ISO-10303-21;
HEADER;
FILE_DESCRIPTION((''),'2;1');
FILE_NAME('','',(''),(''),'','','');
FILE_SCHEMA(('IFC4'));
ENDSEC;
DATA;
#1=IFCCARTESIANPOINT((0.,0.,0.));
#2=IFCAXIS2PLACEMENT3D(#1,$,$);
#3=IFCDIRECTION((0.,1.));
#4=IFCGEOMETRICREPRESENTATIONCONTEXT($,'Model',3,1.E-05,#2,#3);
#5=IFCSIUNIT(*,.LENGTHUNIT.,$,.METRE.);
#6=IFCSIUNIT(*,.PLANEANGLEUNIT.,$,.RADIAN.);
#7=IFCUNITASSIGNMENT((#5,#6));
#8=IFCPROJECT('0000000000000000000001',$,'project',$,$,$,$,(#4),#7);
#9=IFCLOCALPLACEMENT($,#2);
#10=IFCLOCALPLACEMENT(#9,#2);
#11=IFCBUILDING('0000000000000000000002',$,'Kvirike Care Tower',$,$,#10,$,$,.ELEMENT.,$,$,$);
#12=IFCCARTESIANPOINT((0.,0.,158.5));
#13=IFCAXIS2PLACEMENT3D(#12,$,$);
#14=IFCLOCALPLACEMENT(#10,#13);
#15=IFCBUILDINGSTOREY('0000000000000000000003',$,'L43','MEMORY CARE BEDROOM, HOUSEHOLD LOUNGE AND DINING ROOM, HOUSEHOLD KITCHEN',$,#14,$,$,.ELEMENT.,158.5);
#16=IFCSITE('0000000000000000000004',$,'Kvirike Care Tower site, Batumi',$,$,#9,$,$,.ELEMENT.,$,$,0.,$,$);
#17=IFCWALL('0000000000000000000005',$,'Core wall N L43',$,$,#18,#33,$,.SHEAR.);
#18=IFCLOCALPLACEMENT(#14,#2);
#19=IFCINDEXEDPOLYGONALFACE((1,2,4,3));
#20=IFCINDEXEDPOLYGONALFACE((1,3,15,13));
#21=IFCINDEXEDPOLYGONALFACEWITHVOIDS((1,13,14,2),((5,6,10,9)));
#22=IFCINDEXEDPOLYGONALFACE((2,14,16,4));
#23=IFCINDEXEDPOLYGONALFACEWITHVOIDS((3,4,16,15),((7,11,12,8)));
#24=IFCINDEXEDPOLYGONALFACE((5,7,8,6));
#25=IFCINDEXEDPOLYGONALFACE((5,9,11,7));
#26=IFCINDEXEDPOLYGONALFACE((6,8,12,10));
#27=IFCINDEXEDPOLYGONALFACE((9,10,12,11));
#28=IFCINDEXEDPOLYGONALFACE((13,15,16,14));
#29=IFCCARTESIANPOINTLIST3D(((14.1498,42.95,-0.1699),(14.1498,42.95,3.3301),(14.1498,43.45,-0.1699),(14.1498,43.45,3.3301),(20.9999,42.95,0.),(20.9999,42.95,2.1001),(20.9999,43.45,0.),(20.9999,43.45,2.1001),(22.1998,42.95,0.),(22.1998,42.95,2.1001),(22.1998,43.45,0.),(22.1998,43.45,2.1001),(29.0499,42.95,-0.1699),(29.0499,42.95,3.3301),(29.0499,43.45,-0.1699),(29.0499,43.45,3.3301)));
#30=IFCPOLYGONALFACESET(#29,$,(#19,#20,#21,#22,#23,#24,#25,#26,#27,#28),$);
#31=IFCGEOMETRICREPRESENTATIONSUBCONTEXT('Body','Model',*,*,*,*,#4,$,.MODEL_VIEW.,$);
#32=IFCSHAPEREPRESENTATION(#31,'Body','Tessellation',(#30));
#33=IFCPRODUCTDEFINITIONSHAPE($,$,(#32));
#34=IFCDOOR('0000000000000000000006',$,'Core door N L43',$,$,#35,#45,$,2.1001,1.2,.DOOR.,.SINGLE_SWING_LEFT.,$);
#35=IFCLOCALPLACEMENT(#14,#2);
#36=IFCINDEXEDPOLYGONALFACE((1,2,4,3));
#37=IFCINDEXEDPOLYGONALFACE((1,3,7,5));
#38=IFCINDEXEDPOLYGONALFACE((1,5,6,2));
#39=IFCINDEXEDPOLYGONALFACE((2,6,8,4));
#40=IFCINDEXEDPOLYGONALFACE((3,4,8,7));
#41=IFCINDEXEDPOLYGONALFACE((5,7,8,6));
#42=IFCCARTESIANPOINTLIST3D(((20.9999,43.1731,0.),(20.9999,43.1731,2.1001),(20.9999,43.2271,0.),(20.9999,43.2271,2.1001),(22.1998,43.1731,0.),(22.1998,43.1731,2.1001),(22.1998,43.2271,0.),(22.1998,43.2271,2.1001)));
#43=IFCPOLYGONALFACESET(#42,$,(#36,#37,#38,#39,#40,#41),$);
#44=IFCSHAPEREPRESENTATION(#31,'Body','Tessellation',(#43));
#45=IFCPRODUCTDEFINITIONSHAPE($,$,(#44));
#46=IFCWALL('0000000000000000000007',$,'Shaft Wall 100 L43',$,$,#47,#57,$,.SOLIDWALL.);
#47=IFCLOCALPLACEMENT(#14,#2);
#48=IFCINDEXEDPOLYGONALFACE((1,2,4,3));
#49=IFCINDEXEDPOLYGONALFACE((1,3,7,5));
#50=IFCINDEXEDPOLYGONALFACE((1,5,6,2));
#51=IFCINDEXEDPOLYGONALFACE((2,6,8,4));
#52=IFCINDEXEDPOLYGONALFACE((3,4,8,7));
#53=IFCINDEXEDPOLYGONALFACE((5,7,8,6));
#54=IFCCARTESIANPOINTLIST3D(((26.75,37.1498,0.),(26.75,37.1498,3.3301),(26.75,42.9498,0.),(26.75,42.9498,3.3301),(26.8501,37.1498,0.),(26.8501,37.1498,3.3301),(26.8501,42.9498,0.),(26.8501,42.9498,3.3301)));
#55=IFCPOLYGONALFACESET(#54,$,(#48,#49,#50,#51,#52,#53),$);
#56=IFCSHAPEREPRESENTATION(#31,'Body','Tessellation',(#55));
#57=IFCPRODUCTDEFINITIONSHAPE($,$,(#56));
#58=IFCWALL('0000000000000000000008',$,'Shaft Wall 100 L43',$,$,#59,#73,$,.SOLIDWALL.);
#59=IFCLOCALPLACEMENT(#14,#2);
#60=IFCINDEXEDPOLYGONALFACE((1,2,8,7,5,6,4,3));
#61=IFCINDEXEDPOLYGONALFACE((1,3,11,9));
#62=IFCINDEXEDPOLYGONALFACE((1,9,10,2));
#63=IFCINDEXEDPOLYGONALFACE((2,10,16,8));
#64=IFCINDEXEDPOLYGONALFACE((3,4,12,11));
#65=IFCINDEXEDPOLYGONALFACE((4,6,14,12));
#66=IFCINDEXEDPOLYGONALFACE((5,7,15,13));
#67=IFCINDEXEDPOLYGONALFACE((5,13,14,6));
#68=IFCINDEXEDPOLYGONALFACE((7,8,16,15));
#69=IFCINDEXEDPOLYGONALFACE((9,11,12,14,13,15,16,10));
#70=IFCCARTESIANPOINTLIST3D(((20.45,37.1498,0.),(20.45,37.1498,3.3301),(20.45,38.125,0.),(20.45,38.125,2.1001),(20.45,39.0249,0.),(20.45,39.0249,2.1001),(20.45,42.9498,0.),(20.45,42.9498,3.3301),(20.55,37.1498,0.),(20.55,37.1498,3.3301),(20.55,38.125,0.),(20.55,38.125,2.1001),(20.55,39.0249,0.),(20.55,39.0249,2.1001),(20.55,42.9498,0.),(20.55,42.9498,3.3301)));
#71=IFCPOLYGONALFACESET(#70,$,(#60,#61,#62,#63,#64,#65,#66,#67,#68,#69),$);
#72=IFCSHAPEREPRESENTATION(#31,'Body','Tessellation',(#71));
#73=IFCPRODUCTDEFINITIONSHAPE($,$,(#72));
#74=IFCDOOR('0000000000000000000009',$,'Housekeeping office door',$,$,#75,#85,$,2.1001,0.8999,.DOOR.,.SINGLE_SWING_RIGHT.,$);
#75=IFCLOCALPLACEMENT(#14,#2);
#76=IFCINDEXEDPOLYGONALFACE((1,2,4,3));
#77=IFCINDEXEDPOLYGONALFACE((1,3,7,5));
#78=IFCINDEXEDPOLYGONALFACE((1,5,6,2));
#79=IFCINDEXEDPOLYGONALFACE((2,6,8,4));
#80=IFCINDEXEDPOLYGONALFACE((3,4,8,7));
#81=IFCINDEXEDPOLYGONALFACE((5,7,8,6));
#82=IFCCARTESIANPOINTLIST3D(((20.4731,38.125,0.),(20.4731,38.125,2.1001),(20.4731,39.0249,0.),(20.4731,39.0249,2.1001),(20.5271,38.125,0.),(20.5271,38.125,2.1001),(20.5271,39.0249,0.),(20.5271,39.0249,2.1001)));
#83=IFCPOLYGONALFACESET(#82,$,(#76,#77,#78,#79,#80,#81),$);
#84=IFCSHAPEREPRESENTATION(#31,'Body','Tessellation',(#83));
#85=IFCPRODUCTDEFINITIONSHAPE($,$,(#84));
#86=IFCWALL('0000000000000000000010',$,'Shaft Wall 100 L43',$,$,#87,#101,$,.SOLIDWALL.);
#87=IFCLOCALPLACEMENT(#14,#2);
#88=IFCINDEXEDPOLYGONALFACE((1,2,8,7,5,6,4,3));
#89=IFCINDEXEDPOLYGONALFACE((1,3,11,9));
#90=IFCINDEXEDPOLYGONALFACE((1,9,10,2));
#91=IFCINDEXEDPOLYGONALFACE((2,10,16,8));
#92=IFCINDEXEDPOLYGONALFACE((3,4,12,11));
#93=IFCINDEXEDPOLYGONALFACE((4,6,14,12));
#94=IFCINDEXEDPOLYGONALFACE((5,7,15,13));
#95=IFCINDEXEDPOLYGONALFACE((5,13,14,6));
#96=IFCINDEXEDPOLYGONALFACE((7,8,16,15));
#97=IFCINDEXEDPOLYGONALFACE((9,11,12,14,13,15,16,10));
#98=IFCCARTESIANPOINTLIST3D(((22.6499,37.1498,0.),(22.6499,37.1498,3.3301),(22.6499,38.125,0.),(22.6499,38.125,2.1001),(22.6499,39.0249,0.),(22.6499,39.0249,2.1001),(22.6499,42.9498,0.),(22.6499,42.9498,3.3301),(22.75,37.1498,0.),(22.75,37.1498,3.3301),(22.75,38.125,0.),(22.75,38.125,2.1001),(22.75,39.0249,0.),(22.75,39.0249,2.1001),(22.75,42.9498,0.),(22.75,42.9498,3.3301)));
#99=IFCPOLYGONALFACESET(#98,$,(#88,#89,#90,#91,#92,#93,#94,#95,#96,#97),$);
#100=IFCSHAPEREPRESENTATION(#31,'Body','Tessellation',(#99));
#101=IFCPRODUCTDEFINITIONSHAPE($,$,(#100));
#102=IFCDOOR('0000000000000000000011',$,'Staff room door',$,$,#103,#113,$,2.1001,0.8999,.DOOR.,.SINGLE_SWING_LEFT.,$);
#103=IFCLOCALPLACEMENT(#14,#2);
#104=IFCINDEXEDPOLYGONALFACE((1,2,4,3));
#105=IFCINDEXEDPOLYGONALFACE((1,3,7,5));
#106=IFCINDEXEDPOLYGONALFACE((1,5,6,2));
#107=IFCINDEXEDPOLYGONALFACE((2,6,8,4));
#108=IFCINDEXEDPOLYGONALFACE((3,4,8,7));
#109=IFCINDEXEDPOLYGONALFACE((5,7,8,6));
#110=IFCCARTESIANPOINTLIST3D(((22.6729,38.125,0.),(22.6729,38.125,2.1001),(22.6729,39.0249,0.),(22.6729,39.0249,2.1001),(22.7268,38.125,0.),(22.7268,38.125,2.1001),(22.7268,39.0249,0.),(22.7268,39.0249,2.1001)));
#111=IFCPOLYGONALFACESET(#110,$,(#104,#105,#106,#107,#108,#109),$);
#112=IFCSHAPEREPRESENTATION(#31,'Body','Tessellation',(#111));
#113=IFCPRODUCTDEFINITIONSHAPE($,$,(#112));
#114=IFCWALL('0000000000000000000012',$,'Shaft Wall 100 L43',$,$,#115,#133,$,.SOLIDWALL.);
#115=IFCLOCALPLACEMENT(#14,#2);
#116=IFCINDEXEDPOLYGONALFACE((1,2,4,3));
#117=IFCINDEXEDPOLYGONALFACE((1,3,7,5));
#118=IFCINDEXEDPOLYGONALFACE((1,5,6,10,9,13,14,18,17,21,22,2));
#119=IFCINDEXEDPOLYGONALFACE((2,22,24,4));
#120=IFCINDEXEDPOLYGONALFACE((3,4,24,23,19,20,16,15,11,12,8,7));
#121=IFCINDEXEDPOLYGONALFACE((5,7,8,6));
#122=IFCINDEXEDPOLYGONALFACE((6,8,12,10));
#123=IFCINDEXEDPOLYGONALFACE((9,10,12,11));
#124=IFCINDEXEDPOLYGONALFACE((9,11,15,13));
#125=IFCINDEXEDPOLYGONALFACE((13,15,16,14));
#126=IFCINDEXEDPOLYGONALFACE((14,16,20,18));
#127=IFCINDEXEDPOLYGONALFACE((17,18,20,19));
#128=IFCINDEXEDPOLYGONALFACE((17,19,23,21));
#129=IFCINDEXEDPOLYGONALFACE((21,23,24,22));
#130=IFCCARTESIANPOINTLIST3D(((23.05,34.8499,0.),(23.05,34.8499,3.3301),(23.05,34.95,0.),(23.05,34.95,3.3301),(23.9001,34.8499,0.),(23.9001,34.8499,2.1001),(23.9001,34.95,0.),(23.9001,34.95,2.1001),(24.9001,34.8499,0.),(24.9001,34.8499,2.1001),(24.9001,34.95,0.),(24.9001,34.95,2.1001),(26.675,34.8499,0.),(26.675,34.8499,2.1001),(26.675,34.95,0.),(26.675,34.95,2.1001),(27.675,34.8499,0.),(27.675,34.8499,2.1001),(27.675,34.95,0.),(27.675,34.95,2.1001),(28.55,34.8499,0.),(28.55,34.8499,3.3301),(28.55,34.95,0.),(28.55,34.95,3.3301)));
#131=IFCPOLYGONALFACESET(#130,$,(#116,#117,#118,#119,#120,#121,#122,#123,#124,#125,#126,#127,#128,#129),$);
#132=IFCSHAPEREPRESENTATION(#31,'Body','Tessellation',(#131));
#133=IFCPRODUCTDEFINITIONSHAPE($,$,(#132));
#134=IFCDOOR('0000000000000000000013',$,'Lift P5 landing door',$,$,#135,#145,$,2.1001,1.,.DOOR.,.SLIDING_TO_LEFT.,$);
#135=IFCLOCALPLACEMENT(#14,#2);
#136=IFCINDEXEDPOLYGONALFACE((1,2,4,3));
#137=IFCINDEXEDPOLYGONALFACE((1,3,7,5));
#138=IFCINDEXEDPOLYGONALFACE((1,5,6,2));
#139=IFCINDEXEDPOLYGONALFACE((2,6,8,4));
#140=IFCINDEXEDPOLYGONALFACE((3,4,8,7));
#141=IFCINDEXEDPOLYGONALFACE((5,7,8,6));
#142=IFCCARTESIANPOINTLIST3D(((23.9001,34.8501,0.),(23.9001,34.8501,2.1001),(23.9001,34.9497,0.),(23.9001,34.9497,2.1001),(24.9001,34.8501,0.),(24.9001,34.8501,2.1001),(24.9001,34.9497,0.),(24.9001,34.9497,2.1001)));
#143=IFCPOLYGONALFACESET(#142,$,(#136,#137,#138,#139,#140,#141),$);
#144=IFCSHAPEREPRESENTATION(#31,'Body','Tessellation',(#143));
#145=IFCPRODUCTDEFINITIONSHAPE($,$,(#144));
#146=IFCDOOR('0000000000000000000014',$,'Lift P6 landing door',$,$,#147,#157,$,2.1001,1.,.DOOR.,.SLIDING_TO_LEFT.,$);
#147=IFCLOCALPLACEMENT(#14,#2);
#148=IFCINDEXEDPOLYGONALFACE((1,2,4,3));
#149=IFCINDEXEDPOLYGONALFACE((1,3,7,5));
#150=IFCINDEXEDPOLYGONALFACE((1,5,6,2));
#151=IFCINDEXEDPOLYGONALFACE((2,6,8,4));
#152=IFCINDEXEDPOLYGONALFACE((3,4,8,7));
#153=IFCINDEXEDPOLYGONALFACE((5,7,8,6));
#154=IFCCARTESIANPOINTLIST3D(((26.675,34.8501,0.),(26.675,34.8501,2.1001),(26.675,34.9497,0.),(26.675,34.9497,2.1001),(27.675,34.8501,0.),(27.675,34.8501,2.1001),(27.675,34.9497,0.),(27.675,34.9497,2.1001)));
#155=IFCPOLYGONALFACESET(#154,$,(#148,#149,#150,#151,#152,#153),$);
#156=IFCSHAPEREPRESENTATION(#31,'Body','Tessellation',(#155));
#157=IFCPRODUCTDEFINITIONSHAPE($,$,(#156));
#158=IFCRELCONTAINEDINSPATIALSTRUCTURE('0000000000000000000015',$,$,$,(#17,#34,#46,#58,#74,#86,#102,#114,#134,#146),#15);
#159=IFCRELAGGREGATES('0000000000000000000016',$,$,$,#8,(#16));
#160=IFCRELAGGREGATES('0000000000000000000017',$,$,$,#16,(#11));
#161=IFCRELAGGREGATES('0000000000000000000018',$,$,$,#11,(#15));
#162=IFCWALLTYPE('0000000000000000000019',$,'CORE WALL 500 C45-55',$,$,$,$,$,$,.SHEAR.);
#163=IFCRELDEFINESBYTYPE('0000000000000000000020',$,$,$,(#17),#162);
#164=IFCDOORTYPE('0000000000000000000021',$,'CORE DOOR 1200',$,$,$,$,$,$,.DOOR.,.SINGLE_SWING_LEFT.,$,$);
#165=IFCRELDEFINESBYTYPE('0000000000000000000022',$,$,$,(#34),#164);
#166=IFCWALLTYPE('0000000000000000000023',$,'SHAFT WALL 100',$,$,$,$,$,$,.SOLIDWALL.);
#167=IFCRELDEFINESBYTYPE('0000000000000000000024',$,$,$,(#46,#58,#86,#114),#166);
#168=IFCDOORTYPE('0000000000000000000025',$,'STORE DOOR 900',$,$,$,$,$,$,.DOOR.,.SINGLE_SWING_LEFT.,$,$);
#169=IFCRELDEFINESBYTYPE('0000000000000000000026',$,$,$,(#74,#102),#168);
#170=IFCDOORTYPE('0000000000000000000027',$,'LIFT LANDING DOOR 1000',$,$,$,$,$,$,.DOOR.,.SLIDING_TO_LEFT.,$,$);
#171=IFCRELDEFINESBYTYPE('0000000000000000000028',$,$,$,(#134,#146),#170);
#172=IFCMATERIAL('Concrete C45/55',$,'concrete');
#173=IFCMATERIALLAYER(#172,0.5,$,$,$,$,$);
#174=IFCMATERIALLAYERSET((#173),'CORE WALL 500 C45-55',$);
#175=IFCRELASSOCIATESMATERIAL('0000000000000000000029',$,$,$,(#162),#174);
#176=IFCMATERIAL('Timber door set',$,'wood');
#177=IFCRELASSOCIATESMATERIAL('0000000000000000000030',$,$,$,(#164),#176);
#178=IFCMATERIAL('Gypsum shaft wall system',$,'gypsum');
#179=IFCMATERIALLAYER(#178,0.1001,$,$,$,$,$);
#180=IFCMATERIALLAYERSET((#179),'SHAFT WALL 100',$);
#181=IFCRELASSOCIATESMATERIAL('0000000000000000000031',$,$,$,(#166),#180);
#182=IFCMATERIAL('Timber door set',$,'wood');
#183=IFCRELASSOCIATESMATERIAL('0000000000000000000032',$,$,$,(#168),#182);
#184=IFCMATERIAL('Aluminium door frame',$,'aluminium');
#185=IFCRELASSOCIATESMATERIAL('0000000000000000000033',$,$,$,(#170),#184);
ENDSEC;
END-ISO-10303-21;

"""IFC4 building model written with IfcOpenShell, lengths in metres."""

from ifc_helpers import new_model, si_unit, direction, frame, frame_2d, origin, place, context, subcontext, project, spatial, rectangle, extrude, material, layer, layer_set, type_object, element, fill, save


model = new_model("IFC4")

# Units and contexts
model_context = context("Model", 3, precision=1e-05, world=origin(), true_north=direction((0.0, 1.0)))
body_context = subcontext(model_context, "Body", "Model", "MODEL_VIEW")
ifc_project = project(units=[si_unit("LENGTHUNIT", "METRE"), si_unit("PLANEANGLEUNIT", "RADIAN")], contexts=[model_context])

# Site, building, storey
site_placement = place(None, origin())
site = spatial("IfcSite", under=ifc_project, at=site_placement, Name="Kvirike Care Tower site, Batumi", CompositionType="ELEMENT", RefElevation=0.0)
building_placement = place(site_placement, origin())
building = spatial("IfcBuilding", under=site, at=building_placement, Name="Kvirike Care Tower", CompositionType="ELEMENT")
storey_placement = place(building_placement, frame((0.0, 0.0, 158.5)))
storey = spatial("IfcBuildingStorey", under=building, at=storey_placement, Name="L43", Description="MEMORY CARE BEDROOM, HOUSEHOLD LOUNGE AND DINING ROOM, HOUSEHOLD KITCHEN", CompositionType="ELEMENT", Elevation=158.5)

# Wall, opening, door
ifc_material_1 = material(Name="Concrete C45/55", Category="concrete")
ifc_layer_1 = layer(ifc_material_1, 0.5)
ifc_layer_set_1 = layer_set([ifc_layer_1], Name="CORE WALL 500 C45-55")
wall_type_1 = type_object("IfcWallType", Name="CORE WALL 500 C45-55", PredefinedType="SHEAR", material=ifc_layer_set_1)
wall_1_placement = place(storey_placement, frame((29.05, 43.2, -0.1699), z_axis=(0.0, 0.0, 1.0), x_axis=(-1.0, 0.0, 0.0)))
wall_1 = element("IfcWall", 1, at=wall_1_placement, inside=storey, type_object=wall_type_1, Name="Core wall N L43", PredefinedType="SHEAR", context=body_context, shape_type="SweptSolid", body=[
    extrude(rectangle(XDim=14.9001, YDim=0.5, at=frame_2d((7.4502, 0.0))), origin(), (0.0, 0.0, 1.0), 3.5),
])
opening_1_placement = place(wall_1_placement, frame((6.8501, 0.0, 0.1699)))
opening_1 = element("IfcOpeningElement", 2, at=opening_1_placement, cuts=wall_1, PredefinedType="OPENING", context=body_context, shape_type="SweptSolid", body=[
    extrude(rectangle(XDim=1.2, YDim=2.1001, at=frame_2d((0.6001, 1.05))), frame((0.0, 0.2605, 0.0), z_axis=(0.0, -1.0, 0.0), x_axis=(1.0, 0.0, 0.0)), (0.0, 0.0, 1.0), 0.521),
])
ifc_material_2 = material(Name="Timber door set", Category="wood")
door_type_1 = type_object("IfcDoorType", Name="CORE DOOR 1200", OperationType="SINGLE_SWING_LEFT", PredefinedType="DOOR", material=ifc_material_2)
door_1_placement = place(opening_1_placement, origin())
door_1 = element("IfcDoor", 3, at=door_1_placement, inside=storey, type_object=door_type_1, Name="Core door N L43", OperationType="SINGLE_SWING_LEFT", OverallHeight=2.1001, OverallWidth=1.2, PredefinedType="DOOR", context=body_context, shape_type="SweptSolid", body=[
    extrude(rectangle(XDim=1.2, YDim=2.1001, at=frame_2d((0.6001, 1.05))), frame((0.0, 0.0269, 0.0), z_axis=(0.0, -1.0, 0.0), x_axis=(1.0, 0.0, 0.0)), (0.0, 0.0, 1.0), 0.054),
])
fill(opening_1, door_1)

# Wall
ifc_material_3 = material(Name="Gypsum shaft wall system", Category="gypsum")
ifc_layer_2 = layer(ifc_material_3, 0.1001)
ifc_layer_set_2 = layer_set([ifc_layer_2], Name="SHAFT WALL 100")
wall_type_2 = type_object("IfcWallType", Name="SHAFT WALL 100", PredefinedType="SOLIDWALL", material=ifc_layer_set_2)
wall_2_placement = place(storey_placement, frame((26.8, 37.1499, 0.0), z_axis=(0.0, 0.0, 1.0), x_axis=(0.0, 1.0, 0.0)))
element("IfcWall", 4, at=wall_2_placement, inside=storey, type_object=wall_type_2, Name="Shaft Wall 100 L43", PredefinedType="SOLIDWALL", context=body_context, shape_type="SweptSolid", body=[
    extrude(rectangle(XDim=5.8, YDim=0.1001, at=frame_2d((2.8999, 0.0))), origin(), (0.0, 0.0, 1.0), 3.3301),
])

# Walls, openings, doors
wall_3_placement = place(storey_placement, frame((20.5, 37.1499, 0.0), z_axis=(0.0, 0.0, 1.0), x_axis=(0.0, 1.0, 0.0)))
wall_3 = element("IfcWall", 5, at=wall_3_placement, inside=storey, type_object=wall_type_2, Name="Shaft Wall 100 L43", PredefinedType="SOLIDWALL", context=body_context, shape_type="SweptSolid", body=[
    extrude(rectangle(XDim=5.8, YDim=0.1001, at=frame_2d((2.8999, 0.0))), origin(), (0.0, 0.0, 1.0), 3.3301),
])
opening_2_placement = place(wall_3_placement, frame((0.9751, 0.0, 0.0)))
opening_2 = element("IfcOpeningElement", 6, at=opening_2_placement, cuts=wall_3, PredefinedType="OPENING", context=body_context, shape_type="SweptSolid", body=[
    extrude(rectangle(XDim=0.8999, YDim=2.1001, at=frame_2d((0.45, 1.05))), frame((0.0, 0.0605, 0.0), z_axis=(0.0, -1.0, 0.0), x_axis=(1.0, 0.0, 0.0)), (0.0, 0.0, 1.0), 0.1211),
])
ifc_material_4 = material(Name="Timber door set", Category="wood")
door_type_2 = type_object("IfcDoorType", Name="STORE DOOR 900", OperationType="SINGLE_SWING_LEFT", PredefinedType="DOOR", material=ifc_material_4)
door_2_placement = place(opening_2_placement, origin())
door_2 = element("IfcDoor", 7, at=door_2_placement, inside=storey, type_object=door_type_2, Name="Housekeeping office door", OperationType="SINGLE_SWING_RIGHT", OverallHeight=2.1001, OverallWidth=0.8999, PredefinedType="DOOR", context=body_context, shape_type="SweptSolid", body=[
    extrude(rectangle(XDim=0.8999, YDim=2.1001, at=frame_2d((0.45, 1.05))), frame((0.0, 0.0269, 0.0), z_axis=(0.0, -1.0, 0.0), x_axis=(1.0, 0.0, 0.0)), (0.0, 0.0, 1.0), 0.054),
])
fill(opening_2, door_2)
wall_4_placement = place(storey_placement, frame((22.7, 37.1499, 0.0), z_axis=(0.0, 0.0, 1.0), x_axis=(0.0, 1.0, 0.0)))
wall_4 = element("IfcWall", 8, at=wall_4_placement, inside=storey, type_object=wall_type_2, Name="Shaft Wall 100 L43", PredefinedType="SOLIDWALL", context=body_context, shape_type="SweptSolid", body=[
    extrude(rectangle(XDim=5.8, YDim=0.1001, at=frame_2d((2.8999, 0.0))), origin(), (0.0, 0.0, 1.0), 3.3301),
])
opening_3_placement = place(wall_4_placement, frame((0.9751, 0.0, 0.0)))
opening_3 = element("IfcOpeningElement", 9, at=opening_3_placement, cuts=wall_4, PredefinedType="OPENING", context=body_context, shape_type="SweptSolid", body=[
    extrude(rectangle(XDim=0.8999, YDim=2.1001, at=frame_2d((0.45, 1.05))), frame((0.0, 0.0605, 0.0), z_axis=(0.0, -1.0, 0.0), x_axis=(1.0, 0.0, 0.0)), (0.0, 0.0, 1.0), 0.1211),
])
door_3_placement = place(opening_3_placement, frame((0.8999, 0.0, 0.0), z_axis=(0.0, 0.0, 1.0), x_axis=(-1.0, 0.0, 0.0)))
door_3 = element("IfcDoor", 10, at=door_3_placement, inside=storey, type_object=door_type_2, Name="Staff room door", OperationType="SINGLE_SWING_LEFT", OverallHeight=2.1001, OverallWidth=0.8999, PredefinedType="DOOR", context=body_context, shape_type="SweptSolid", body=[
    extrude(rectangle(XDim=0.8999, YDim=2.1001, at=frame_2d((0.45, 1.05))), frame((0.0, 0.0269, 0.0), z_axis=(0.0, -1.0, 0.0), x_axis=(1.0, 0.0, 0.0)), (0.0, 0.0, 1.0), 0.054),
])
fill(opening_3, door_3)

# Wall, openings, doors
wall_5_placement = place(storey_placement, frame((23.05, 34.8999, 0.0), z_axis=(0.0, 0.0, 1.0), x_axis=(1.0, 0.0, 0.0)))
wall_5 = element("IfcWall", 11, at=wall_5_placement, inside=storey, type_object=wall_type_2, Name="Shaft Wall 100 L43", PredefinedType="SOLIDWALL", context=body_context, shape_type="SweptSolid", body=[
    extrude(rectangle(XDim=5.5, YDim=0.1001, at=frame_2d((2.75, 0.0))), origin(), (0.0, 0.0, 1.0), 3.3301),
])
opening_4_placement = place(wall_5_placement, frame((0.8501, 0.0, 0.0)))
opening_4 = element("IfcOpeningElement", 12, at=opening_4_placement, cuts=wall_5, PredefinedType="OPENING", context=body_context, shape_type="SweptSolid", body=[
    extrude(rectangle(XDim=1.0, YDim=2.1001, at=frame_2d((0.5, 1.05))), frame((0.0, 0.0605, 0.0), z_axis=(0.0, -1.0, 0.0), x_axis=(1.0, 0.0, 0.0)), (0.0, 0.0, 1.0), 0.1211),
])
opening_5_placement = place(wall_5_placement, frame((3.625, 0.0, 0.0)))
opening_5 = element("IfcOpeningElement", 13, at=opening_5_placement, cuts=wall_5, PredefinedType="OPENING", context=body_context, shape_type="SweptSolid", body=[
    extrude(rectangle(XDim=1.0, YDim=2.1001, at=frame_2d((0.5, 1.05))), frame((0.0, 0.0605, 0.0), z_axis=(0.0, -1.0, 0.0), x_axis=(1.0, 0.0, 0.0)), (0.0, 0.0, 1.0), 0.1211),
])
ifc_material_5 = material(Name="Aluminium door frame", Category="aluminium")
door_type_3 = type_object("IfcDoorType", Name="LIFT LANDING DOOR 1000", OperationType="SLIDING_TO_LEFT", PredefinedType="DOOR", material=ifc_material_5)
door_4_placement = place(opening_4_placement, origin())
door_4 = element("IfcDoor", 14, at=door_4_placement, inside=storey, type_object=door_type_3, Name="Lift P5 landing door", OperationType="SLIDING_TO_LEFT", OverallHeight=2.1001, OverallWidth=1.0, PredefinedType="DOOR", context=body_context, shape_type="SweptSolid", body=[
    extrude(rectangle(XDim=1.0, YDim=2.1001, at=frame_2d((0.5, 1.05))), frame((0.0, 0.0498, 0.0), z_axis=(0.0, -1.0, 0.0), x_axis=(1.0, 0.0, 0.0)), (0.0, 0.0, 1.0), 0.0996),
])
fill(opening_4, door_4)
door_5_placement = place(opening_5_placement, origin())
door_5 = element("IfcDoor", 15, at=door_5_placement, inside=storey, type_object=door_type_3, Name="Lift P6 landing door", OperationType="SLIDING_TO_LEFT", OverallHeight=2.1001, OverallWidth=1.0, PredefinedType="DOOR", context=body_context, shape_type="SweptSolid", body=[
    extrude(rectangle(XDim=1.0, YDim=2.1001, at=frame_2d((0.5, 1.05))), frame((0.0, 0.0498, 0.0), z_axis=(0.0, -1.0, 0.0), x_axis=(1.0, 0.0, 0.0)), (0.0, 0.0, 1.0), 0.0996),
])
fill(opening_5, door_5)

save(model, "model.ifc")
